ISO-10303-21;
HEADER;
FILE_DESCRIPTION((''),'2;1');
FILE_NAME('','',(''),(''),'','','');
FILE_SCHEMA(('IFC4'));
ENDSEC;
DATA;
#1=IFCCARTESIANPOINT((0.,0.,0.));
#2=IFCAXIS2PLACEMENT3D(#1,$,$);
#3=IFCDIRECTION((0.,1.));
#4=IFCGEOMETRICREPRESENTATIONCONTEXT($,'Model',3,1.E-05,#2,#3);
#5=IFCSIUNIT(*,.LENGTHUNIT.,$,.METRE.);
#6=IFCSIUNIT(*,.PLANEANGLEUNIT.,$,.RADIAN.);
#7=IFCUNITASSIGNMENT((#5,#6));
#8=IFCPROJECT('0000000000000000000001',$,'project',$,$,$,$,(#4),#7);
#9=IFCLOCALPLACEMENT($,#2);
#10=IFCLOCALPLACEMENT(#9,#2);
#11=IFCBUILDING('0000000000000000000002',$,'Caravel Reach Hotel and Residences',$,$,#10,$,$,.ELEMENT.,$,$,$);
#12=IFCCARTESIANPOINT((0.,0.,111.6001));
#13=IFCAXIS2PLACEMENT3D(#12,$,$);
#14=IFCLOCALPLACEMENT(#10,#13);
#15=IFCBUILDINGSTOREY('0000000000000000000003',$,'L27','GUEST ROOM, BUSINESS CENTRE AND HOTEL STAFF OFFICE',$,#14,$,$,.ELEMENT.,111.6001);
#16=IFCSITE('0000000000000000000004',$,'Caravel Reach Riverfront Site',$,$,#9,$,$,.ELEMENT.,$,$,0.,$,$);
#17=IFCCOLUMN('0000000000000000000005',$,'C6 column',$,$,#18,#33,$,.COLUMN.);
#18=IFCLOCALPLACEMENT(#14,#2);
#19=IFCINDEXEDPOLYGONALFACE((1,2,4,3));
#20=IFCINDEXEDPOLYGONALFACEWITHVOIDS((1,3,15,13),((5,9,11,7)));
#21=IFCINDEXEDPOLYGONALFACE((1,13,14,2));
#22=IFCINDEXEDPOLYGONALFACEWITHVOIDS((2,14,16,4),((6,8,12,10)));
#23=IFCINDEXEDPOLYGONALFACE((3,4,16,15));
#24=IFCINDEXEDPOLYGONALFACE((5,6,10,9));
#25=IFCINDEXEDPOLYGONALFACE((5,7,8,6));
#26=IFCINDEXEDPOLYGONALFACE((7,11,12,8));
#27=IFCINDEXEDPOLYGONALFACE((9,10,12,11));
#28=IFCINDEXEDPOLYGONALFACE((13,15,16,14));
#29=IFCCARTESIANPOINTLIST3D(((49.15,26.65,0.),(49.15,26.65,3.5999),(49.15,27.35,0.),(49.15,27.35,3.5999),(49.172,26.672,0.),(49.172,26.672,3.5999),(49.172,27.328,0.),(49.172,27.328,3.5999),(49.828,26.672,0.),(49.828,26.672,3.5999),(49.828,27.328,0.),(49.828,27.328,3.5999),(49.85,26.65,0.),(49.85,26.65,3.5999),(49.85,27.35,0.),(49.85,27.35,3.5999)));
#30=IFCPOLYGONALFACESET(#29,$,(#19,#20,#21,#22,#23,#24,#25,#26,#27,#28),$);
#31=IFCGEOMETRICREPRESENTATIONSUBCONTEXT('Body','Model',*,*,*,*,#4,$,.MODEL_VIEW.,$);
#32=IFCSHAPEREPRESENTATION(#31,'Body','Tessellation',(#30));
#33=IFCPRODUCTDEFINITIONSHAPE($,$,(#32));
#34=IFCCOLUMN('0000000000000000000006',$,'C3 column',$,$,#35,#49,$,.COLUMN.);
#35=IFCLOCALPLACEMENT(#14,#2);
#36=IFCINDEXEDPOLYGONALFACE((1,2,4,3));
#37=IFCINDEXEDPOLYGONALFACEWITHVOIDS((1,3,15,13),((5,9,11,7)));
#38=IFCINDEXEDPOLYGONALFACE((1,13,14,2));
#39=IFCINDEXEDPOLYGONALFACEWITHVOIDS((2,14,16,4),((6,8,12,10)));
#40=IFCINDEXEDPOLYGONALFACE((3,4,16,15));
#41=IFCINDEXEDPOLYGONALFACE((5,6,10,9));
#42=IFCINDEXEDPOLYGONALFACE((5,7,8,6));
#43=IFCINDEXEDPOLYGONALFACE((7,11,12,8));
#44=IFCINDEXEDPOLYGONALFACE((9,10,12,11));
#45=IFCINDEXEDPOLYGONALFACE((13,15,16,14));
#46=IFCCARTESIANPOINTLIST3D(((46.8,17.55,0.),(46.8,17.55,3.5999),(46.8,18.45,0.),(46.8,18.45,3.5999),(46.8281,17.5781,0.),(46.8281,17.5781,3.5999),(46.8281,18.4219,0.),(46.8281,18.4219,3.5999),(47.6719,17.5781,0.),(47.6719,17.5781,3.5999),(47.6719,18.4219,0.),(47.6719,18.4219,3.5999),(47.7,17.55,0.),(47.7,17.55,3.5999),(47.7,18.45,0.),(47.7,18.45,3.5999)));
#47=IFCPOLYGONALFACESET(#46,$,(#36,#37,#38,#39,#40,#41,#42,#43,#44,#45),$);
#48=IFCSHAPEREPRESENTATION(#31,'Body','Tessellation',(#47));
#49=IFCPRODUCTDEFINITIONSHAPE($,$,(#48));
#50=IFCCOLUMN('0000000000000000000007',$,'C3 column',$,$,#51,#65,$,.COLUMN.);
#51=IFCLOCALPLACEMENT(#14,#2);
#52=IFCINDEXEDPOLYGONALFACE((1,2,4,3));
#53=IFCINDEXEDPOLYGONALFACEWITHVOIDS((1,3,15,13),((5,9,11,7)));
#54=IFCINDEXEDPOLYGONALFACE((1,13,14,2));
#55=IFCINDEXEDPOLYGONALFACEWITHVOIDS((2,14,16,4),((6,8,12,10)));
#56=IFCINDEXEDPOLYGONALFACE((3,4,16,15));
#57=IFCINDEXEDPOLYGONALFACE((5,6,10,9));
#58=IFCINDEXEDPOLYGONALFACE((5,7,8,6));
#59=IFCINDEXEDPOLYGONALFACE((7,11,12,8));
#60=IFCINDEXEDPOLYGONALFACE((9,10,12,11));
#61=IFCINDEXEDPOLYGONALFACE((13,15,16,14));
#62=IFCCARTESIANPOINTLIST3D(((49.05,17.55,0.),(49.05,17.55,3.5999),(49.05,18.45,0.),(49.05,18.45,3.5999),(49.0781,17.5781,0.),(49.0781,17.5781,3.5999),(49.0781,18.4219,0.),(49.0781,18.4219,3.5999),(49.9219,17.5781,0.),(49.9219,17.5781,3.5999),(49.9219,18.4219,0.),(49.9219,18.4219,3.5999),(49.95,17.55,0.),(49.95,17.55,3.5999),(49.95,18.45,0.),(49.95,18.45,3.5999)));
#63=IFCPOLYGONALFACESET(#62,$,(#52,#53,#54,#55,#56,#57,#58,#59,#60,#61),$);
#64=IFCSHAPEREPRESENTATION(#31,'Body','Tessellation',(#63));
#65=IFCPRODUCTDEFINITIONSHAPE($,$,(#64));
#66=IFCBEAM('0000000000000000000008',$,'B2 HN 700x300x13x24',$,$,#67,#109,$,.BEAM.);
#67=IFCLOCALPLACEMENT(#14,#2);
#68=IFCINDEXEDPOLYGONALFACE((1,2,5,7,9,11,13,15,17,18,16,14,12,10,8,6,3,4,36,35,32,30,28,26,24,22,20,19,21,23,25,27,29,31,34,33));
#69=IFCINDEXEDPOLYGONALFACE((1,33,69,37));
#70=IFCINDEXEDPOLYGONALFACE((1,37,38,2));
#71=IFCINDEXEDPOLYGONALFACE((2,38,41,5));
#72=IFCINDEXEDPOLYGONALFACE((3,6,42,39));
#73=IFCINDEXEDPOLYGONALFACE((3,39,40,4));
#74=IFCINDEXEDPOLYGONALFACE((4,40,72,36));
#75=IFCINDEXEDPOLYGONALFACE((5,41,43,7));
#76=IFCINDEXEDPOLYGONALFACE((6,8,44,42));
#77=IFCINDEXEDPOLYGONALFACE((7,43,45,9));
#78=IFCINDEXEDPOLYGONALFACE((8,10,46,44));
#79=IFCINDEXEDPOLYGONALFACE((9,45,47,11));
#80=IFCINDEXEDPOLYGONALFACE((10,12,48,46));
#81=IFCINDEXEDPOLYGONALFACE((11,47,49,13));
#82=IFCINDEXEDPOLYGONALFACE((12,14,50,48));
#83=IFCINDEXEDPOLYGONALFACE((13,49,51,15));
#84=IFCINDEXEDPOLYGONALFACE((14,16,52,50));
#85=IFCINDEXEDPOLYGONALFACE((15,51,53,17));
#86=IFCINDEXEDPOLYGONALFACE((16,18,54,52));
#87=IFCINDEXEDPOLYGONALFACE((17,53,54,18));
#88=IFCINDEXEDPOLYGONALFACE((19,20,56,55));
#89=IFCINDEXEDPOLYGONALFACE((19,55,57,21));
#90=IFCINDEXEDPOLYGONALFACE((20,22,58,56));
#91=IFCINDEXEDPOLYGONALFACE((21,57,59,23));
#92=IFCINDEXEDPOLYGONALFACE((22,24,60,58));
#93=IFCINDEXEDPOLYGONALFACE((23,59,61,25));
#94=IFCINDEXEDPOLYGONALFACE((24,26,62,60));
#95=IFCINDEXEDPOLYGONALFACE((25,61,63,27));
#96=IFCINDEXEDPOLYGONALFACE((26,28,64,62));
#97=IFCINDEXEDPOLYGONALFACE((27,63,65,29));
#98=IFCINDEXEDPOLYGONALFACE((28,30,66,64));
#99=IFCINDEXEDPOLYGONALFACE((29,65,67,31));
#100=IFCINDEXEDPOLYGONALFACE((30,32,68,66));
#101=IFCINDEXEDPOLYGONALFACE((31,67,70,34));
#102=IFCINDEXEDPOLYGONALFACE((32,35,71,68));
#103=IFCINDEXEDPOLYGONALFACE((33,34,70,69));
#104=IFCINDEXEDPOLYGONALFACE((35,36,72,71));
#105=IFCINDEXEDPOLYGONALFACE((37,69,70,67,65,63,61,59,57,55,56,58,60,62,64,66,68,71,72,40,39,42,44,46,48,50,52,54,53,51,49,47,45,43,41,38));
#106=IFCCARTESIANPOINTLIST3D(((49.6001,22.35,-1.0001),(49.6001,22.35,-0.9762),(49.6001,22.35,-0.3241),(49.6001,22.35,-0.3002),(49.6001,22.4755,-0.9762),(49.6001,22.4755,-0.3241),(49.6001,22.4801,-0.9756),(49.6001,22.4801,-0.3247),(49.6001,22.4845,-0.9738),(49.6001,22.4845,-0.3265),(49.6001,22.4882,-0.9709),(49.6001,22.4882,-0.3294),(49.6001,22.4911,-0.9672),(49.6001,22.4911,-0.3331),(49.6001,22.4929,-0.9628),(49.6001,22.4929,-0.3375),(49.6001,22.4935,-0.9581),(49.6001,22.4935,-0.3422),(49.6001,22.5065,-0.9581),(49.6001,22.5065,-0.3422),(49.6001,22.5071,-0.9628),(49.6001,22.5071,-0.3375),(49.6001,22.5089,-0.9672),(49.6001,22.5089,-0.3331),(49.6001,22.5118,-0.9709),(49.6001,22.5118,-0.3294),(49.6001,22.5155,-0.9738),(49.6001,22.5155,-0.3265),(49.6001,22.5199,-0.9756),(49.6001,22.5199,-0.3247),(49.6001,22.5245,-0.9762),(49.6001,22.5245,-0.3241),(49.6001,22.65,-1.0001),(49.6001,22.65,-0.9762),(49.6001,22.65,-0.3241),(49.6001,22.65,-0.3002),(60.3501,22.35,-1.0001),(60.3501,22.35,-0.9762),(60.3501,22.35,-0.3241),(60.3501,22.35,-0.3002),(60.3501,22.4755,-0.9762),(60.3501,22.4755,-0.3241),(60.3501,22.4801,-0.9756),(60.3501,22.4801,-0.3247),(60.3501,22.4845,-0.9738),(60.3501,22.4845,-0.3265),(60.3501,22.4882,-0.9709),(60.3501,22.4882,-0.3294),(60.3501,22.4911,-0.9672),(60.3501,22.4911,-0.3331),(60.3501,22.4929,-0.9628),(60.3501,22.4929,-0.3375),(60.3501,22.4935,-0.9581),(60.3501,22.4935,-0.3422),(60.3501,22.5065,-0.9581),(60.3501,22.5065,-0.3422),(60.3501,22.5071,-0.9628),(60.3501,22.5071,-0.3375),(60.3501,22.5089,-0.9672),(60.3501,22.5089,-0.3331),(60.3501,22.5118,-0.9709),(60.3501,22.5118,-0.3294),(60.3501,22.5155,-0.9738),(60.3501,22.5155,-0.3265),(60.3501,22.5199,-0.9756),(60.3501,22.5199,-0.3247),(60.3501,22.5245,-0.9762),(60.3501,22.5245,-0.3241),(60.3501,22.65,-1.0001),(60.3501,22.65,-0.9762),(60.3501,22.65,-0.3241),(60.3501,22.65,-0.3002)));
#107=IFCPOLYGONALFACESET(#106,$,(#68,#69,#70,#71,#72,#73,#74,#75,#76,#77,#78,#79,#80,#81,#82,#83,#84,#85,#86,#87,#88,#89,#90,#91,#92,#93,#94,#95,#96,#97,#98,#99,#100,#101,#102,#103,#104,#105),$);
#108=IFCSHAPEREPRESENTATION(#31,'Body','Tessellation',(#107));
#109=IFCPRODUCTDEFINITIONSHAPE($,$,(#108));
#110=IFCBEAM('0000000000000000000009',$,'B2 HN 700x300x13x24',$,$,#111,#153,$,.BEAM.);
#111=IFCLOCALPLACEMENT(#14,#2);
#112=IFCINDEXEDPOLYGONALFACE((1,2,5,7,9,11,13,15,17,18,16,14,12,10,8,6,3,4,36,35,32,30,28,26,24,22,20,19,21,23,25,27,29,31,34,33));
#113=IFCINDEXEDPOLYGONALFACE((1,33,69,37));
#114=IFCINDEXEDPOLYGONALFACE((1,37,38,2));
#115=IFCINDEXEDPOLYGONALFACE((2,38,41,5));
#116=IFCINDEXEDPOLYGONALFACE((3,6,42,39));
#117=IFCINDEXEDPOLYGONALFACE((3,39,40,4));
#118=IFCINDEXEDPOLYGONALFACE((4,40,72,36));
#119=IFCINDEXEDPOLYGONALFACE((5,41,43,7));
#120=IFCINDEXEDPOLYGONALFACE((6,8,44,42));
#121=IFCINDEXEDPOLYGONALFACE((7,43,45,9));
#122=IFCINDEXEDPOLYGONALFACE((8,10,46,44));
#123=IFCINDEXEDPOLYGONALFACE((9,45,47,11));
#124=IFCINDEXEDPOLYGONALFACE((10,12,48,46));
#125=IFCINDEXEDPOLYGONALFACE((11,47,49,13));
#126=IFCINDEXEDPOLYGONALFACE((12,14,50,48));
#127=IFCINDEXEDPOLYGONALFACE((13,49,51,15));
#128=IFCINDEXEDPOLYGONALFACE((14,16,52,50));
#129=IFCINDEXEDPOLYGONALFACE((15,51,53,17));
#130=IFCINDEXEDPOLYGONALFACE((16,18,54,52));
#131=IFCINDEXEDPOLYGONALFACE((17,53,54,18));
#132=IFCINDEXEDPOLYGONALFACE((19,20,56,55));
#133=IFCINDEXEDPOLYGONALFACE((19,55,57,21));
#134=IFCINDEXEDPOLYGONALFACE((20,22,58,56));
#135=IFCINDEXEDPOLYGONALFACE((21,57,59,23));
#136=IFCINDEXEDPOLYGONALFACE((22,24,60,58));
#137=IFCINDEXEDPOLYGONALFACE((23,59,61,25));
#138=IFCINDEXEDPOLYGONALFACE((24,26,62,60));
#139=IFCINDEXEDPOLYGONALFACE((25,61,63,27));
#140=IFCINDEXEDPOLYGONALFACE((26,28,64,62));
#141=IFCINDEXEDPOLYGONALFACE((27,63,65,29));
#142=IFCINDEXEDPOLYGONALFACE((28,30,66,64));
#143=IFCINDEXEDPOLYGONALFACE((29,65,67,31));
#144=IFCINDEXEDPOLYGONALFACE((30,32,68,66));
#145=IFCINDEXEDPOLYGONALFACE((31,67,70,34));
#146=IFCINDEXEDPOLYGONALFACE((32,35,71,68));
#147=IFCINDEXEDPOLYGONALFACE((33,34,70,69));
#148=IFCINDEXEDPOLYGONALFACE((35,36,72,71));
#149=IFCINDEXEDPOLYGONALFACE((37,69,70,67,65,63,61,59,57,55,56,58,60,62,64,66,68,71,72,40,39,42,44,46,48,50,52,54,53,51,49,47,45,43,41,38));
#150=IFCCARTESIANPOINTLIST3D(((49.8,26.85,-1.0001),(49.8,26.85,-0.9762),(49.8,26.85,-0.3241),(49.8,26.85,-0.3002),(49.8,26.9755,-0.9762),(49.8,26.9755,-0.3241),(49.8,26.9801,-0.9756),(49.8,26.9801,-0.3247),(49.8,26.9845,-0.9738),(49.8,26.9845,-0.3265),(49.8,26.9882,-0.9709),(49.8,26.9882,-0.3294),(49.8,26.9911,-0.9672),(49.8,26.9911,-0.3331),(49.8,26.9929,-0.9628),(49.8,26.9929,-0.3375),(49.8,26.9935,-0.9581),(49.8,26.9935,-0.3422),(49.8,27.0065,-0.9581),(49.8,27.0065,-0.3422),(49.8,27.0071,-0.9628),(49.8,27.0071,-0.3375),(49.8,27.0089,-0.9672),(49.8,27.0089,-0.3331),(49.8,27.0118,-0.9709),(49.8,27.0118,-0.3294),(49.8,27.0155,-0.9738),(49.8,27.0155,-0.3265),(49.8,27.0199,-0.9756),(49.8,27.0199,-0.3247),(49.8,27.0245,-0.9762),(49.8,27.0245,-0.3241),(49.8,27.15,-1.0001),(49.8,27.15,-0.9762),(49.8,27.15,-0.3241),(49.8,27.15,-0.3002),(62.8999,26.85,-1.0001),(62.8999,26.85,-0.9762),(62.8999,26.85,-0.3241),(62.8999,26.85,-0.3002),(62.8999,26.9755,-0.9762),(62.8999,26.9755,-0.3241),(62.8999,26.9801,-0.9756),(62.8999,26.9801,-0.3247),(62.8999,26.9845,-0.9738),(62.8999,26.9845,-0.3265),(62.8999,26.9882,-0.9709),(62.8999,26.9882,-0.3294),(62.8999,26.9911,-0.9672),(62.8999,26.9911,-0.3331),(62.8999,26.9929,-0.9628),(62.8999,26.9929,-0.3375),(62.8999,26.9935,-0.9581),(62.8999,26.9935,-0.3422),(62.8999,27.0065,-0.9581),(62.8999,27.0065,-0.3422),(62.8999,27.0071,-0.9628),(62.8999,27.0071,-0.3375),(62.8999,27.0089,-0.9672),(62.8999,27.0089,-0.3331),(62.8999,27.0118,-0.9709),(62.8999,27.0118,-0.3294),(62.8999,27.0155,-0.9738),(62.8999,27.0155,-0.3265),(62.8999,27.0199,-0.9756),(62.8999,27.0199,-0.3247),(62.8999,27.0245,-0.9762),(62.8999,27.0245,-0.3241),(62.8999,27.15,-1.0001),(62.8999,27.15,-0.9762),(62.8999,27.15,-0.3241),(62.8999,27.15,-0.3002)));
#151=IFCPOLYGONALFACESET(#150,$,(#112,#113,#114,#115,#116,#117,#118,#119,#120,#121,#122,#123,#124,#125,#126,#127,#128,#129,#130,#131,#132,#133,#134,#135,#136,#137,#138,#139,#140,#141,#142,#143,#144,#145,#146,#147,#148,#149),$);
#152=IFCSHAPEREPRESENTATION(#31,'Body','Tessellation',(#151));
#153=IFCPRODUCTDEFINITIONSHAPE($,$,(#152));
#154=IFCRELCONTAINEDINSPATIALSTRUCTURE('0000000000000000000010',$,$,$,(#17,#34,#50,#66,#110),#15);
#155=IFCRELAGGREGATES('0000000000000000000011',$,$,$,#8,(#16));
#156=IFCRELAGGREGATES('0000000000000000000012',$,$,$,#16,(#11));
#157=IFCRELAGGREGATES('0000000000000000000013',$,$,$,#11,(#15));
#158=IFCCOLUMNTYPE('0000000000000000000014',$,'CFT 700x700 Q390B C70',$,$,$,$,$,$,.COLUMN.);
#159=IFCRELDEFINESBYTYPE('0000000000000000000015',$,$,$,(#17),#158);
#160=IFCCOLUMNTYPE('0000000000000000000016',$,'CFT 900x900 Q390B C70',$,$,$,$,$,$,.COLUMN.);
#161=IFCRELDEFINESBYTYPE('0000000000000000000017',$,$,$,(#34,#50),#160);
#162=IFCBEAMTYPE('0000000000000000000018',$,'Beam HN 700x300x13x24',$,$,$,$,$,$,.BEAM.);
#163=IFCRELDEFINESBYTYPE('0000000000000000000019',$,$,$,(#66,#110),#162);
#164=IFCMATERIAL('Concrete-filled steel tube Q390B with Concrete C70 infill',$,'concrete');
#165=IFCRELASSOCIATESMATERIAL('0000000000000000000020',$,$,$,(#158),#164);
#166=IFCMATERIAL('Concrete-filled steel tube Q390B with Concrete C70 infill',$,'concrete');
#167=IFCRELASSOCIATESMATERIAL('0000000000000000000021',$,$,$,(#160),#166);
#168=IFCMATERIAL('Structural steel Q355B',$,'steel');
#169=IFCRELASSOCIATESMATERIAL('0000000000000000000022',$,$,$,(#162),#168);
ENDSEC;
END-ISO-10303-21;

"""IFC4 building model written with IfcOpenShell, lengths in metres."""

from ifc_helpers import new_model, si_unit, direction, frame, origin, origin_2d, place, context, subcontext, project, spatial, hollow_rectangle, i_section, extrude, material, material_profile, profile_set, type_object, element, save


model = new_model("IFC4")

# Units and contexts
model_context = context("Model", 3, precision=1e-05, world=origin(), true_north=direction((0.0, 1.0)))
body_context = subcontext(model_context, "Body", "Model", "MODEL_VIEW")
ifc_project = project(units=[si_unit("LENGTHUNIT", "METRE"), si_unit("PLANEANGLEUNIT", "RADIAN")], contexts=[model_context])

# Site, building, storey
site_placement = place(None, origin())
site = spatial("IfcSite", under=ifc_project, at=site_placement, Name="Caravel Reach Riverfront Site", CompositionType="ELEMENT", RefElevation=0.0)
building_placement = place(site_placement, origin())
building = spatial("IfcBuilding", under=site, at=building_placement, Name="Caravel Reach Hotel and Residences", CompositionType="ELEMENT")
storey_placement = place(building_placement, frame((0.0, 0.0, 111.6001)))
storey = spatial("IfcBuildingStorey", under=building, at=storey_placement, Name="L27", Description="GUEST ROOM, BUSINESS CENTRE AND HOTEL STAFF OFFICE", CompositionType="ELEMENT", Elevation=111.6001)

# Columns
ifc_material_1 = material(Name="Concrete-filled steel tube Q390B with Concrete C70 infill", Category="concrete")
ifc_material_profile_1 = material_profile(ifc_material_1, hollow_rectangle(XDim=0.7, YDim=0.7, WallThickness=0.022, at=origin_2d()), Name="RHS 700x700x22")
ifc_profile_set_1 = profile_set([ifc_material_profile_1], Name="Concrete-filled steel tube Q390B with Concrete C70 infill")
column_type_1 = type_object("IfcColumnType", Name="CFT 700x700 Q390B C70", PredefinedType="COLUMN", material=ifc_profile_set_1)
column_placement = place(storey_placement, frame((49.5, 27.0, 0.0), z_axis=(0.0, 0.0, 1.0), x_axis=(1.0, 0.0, 0.0)))
element("IfcColumn", 1, at=column_placement, inside=storey, type_object=column_type_1, Name="C6 column", PredefinedType="COLUMN", context=body_context, shape_type="SweptSolid", body=[
    extrude(hollow_rectangle(XDim=0.7, YDim=0.7, WallThickness=0.022, at=origin_2d()), origin(), (0.0, 0.0, 1.0), 3.5999),
])
ifc_material_2 = material(Name="Concrete-filled steel tube Q390B with Concrete C70 infill", Category="concrete")
ifc_material_profile_2 = material_profile(ifc_material_2, hollow_rectangle(XDim=0.8999, YDim=0.8999, WallThickness=0.0281, at=origin_2d()), Name="RHS 900x900x28")
ifc_profile_set_2 = profile_set([ifc_material_profile_2], Name="Concrete-filled steel tube Q390B with Concrete C70 infill")
column_type_2 = type_object("IfcColumnType", Name="CFT 900x900 Q390B C70", PredefinedType="COLUMN", material=ifc_profile_set_2)
for number, where, z_axis, x_axis, name in (
    (2, (47.25, 18.0, 0.0), (0.0, 0.0, 1.0), (1.0, 0.0, 0.0), "C3 column"),
    (3, (49.5, 18.0, 0.0), (0.0, 0.0, 1.0), (1.0, 0.0, 0.0), "C3 column"),
):
    element("IfcColumn", number, at=place(storey_placement, frame(where, z_axis=z_axis, x_axis=x_axis)), inside=storey, type_object=column_type_2, Name=name, PredefinedType="COLUMN", context=body_context, shape_type="SweptSolid", body=[
        extrude(hollow_rectangle(XDim=0.8999, YDim=0.8999, WallThickness=0.0281, at=origin_2d()), origin(), (0.0, 0.0, 1.0), 3.5999),
    ])

# Beams
ifc_material_3 = material(Name="Structural steel Q355B", Category="steel")
ifc_material_profile_3 = material_profile(ifc_material_3, i_section(OverallWidth=0.3, OverallDepth=0.7, WebThickness=0.0129, FlangeThickness=0.0239, FilletRadius=0.0181, at=origin_2d()), Name="HN 700x300x13x24")
ifc_profile_set_3 = profile_set([ifc_material_profile_3], Name="Structural steel Q355B")
beam_type_1 = type_object("IfcBeamType", Name="Beam HN 700x300x13x24", PredefinedType="BEAM", material=ifc_profile_set_3)
beam_1_placement = place(storey_placement, frame((49.6001, 22.5, -0.6501), z_axis=(1.0, 0.0, 0.0), x_axis=(0.0, 1.0, 0.0)))
element("IfcBeam", 4, at=beam_1_placement, inside=storey, type_object=beam_type_1, Name="B2 HN 700x300x13x24", PredefinedType="BEAM", context=body_context, shape_type="SweptSolid", body=[
    extrude(i_section(OverallWidth=0.3, OverallDepth=0.7, WebThickness=0.0129, FlangeThickness=0.0239, FilletRadius=0.0181, at=origin_2d()), origin(), (0.0, 0.0, 1.0), 10.75),
])
beam_2_placement = place(storey_placement, frame((49.8, 27.0, -0.6501), z_axis=(1.0, 0.0, 0.0), x_axis=(0.0, 1.0, 0.0)))
element("IfcBeam", 5, at=beam_2_placement, inside=storey, type_object=beam_type_1, Name="B2 HN 700x300x13x24", PredefinedType="BEAM", context=body_context, shape_type="SweptSolid", body=[
    extrude(i_section(OverallWidth=0.3, OverallDepth=0.7, WebThickness=0.0129, FlangeThickness=0.0239, FilletRadius=0.0181, at=origin_2d()), origin(), (0.0, 0.0, 1.0), 13.0999),
])

save(model, "model.ifc")
